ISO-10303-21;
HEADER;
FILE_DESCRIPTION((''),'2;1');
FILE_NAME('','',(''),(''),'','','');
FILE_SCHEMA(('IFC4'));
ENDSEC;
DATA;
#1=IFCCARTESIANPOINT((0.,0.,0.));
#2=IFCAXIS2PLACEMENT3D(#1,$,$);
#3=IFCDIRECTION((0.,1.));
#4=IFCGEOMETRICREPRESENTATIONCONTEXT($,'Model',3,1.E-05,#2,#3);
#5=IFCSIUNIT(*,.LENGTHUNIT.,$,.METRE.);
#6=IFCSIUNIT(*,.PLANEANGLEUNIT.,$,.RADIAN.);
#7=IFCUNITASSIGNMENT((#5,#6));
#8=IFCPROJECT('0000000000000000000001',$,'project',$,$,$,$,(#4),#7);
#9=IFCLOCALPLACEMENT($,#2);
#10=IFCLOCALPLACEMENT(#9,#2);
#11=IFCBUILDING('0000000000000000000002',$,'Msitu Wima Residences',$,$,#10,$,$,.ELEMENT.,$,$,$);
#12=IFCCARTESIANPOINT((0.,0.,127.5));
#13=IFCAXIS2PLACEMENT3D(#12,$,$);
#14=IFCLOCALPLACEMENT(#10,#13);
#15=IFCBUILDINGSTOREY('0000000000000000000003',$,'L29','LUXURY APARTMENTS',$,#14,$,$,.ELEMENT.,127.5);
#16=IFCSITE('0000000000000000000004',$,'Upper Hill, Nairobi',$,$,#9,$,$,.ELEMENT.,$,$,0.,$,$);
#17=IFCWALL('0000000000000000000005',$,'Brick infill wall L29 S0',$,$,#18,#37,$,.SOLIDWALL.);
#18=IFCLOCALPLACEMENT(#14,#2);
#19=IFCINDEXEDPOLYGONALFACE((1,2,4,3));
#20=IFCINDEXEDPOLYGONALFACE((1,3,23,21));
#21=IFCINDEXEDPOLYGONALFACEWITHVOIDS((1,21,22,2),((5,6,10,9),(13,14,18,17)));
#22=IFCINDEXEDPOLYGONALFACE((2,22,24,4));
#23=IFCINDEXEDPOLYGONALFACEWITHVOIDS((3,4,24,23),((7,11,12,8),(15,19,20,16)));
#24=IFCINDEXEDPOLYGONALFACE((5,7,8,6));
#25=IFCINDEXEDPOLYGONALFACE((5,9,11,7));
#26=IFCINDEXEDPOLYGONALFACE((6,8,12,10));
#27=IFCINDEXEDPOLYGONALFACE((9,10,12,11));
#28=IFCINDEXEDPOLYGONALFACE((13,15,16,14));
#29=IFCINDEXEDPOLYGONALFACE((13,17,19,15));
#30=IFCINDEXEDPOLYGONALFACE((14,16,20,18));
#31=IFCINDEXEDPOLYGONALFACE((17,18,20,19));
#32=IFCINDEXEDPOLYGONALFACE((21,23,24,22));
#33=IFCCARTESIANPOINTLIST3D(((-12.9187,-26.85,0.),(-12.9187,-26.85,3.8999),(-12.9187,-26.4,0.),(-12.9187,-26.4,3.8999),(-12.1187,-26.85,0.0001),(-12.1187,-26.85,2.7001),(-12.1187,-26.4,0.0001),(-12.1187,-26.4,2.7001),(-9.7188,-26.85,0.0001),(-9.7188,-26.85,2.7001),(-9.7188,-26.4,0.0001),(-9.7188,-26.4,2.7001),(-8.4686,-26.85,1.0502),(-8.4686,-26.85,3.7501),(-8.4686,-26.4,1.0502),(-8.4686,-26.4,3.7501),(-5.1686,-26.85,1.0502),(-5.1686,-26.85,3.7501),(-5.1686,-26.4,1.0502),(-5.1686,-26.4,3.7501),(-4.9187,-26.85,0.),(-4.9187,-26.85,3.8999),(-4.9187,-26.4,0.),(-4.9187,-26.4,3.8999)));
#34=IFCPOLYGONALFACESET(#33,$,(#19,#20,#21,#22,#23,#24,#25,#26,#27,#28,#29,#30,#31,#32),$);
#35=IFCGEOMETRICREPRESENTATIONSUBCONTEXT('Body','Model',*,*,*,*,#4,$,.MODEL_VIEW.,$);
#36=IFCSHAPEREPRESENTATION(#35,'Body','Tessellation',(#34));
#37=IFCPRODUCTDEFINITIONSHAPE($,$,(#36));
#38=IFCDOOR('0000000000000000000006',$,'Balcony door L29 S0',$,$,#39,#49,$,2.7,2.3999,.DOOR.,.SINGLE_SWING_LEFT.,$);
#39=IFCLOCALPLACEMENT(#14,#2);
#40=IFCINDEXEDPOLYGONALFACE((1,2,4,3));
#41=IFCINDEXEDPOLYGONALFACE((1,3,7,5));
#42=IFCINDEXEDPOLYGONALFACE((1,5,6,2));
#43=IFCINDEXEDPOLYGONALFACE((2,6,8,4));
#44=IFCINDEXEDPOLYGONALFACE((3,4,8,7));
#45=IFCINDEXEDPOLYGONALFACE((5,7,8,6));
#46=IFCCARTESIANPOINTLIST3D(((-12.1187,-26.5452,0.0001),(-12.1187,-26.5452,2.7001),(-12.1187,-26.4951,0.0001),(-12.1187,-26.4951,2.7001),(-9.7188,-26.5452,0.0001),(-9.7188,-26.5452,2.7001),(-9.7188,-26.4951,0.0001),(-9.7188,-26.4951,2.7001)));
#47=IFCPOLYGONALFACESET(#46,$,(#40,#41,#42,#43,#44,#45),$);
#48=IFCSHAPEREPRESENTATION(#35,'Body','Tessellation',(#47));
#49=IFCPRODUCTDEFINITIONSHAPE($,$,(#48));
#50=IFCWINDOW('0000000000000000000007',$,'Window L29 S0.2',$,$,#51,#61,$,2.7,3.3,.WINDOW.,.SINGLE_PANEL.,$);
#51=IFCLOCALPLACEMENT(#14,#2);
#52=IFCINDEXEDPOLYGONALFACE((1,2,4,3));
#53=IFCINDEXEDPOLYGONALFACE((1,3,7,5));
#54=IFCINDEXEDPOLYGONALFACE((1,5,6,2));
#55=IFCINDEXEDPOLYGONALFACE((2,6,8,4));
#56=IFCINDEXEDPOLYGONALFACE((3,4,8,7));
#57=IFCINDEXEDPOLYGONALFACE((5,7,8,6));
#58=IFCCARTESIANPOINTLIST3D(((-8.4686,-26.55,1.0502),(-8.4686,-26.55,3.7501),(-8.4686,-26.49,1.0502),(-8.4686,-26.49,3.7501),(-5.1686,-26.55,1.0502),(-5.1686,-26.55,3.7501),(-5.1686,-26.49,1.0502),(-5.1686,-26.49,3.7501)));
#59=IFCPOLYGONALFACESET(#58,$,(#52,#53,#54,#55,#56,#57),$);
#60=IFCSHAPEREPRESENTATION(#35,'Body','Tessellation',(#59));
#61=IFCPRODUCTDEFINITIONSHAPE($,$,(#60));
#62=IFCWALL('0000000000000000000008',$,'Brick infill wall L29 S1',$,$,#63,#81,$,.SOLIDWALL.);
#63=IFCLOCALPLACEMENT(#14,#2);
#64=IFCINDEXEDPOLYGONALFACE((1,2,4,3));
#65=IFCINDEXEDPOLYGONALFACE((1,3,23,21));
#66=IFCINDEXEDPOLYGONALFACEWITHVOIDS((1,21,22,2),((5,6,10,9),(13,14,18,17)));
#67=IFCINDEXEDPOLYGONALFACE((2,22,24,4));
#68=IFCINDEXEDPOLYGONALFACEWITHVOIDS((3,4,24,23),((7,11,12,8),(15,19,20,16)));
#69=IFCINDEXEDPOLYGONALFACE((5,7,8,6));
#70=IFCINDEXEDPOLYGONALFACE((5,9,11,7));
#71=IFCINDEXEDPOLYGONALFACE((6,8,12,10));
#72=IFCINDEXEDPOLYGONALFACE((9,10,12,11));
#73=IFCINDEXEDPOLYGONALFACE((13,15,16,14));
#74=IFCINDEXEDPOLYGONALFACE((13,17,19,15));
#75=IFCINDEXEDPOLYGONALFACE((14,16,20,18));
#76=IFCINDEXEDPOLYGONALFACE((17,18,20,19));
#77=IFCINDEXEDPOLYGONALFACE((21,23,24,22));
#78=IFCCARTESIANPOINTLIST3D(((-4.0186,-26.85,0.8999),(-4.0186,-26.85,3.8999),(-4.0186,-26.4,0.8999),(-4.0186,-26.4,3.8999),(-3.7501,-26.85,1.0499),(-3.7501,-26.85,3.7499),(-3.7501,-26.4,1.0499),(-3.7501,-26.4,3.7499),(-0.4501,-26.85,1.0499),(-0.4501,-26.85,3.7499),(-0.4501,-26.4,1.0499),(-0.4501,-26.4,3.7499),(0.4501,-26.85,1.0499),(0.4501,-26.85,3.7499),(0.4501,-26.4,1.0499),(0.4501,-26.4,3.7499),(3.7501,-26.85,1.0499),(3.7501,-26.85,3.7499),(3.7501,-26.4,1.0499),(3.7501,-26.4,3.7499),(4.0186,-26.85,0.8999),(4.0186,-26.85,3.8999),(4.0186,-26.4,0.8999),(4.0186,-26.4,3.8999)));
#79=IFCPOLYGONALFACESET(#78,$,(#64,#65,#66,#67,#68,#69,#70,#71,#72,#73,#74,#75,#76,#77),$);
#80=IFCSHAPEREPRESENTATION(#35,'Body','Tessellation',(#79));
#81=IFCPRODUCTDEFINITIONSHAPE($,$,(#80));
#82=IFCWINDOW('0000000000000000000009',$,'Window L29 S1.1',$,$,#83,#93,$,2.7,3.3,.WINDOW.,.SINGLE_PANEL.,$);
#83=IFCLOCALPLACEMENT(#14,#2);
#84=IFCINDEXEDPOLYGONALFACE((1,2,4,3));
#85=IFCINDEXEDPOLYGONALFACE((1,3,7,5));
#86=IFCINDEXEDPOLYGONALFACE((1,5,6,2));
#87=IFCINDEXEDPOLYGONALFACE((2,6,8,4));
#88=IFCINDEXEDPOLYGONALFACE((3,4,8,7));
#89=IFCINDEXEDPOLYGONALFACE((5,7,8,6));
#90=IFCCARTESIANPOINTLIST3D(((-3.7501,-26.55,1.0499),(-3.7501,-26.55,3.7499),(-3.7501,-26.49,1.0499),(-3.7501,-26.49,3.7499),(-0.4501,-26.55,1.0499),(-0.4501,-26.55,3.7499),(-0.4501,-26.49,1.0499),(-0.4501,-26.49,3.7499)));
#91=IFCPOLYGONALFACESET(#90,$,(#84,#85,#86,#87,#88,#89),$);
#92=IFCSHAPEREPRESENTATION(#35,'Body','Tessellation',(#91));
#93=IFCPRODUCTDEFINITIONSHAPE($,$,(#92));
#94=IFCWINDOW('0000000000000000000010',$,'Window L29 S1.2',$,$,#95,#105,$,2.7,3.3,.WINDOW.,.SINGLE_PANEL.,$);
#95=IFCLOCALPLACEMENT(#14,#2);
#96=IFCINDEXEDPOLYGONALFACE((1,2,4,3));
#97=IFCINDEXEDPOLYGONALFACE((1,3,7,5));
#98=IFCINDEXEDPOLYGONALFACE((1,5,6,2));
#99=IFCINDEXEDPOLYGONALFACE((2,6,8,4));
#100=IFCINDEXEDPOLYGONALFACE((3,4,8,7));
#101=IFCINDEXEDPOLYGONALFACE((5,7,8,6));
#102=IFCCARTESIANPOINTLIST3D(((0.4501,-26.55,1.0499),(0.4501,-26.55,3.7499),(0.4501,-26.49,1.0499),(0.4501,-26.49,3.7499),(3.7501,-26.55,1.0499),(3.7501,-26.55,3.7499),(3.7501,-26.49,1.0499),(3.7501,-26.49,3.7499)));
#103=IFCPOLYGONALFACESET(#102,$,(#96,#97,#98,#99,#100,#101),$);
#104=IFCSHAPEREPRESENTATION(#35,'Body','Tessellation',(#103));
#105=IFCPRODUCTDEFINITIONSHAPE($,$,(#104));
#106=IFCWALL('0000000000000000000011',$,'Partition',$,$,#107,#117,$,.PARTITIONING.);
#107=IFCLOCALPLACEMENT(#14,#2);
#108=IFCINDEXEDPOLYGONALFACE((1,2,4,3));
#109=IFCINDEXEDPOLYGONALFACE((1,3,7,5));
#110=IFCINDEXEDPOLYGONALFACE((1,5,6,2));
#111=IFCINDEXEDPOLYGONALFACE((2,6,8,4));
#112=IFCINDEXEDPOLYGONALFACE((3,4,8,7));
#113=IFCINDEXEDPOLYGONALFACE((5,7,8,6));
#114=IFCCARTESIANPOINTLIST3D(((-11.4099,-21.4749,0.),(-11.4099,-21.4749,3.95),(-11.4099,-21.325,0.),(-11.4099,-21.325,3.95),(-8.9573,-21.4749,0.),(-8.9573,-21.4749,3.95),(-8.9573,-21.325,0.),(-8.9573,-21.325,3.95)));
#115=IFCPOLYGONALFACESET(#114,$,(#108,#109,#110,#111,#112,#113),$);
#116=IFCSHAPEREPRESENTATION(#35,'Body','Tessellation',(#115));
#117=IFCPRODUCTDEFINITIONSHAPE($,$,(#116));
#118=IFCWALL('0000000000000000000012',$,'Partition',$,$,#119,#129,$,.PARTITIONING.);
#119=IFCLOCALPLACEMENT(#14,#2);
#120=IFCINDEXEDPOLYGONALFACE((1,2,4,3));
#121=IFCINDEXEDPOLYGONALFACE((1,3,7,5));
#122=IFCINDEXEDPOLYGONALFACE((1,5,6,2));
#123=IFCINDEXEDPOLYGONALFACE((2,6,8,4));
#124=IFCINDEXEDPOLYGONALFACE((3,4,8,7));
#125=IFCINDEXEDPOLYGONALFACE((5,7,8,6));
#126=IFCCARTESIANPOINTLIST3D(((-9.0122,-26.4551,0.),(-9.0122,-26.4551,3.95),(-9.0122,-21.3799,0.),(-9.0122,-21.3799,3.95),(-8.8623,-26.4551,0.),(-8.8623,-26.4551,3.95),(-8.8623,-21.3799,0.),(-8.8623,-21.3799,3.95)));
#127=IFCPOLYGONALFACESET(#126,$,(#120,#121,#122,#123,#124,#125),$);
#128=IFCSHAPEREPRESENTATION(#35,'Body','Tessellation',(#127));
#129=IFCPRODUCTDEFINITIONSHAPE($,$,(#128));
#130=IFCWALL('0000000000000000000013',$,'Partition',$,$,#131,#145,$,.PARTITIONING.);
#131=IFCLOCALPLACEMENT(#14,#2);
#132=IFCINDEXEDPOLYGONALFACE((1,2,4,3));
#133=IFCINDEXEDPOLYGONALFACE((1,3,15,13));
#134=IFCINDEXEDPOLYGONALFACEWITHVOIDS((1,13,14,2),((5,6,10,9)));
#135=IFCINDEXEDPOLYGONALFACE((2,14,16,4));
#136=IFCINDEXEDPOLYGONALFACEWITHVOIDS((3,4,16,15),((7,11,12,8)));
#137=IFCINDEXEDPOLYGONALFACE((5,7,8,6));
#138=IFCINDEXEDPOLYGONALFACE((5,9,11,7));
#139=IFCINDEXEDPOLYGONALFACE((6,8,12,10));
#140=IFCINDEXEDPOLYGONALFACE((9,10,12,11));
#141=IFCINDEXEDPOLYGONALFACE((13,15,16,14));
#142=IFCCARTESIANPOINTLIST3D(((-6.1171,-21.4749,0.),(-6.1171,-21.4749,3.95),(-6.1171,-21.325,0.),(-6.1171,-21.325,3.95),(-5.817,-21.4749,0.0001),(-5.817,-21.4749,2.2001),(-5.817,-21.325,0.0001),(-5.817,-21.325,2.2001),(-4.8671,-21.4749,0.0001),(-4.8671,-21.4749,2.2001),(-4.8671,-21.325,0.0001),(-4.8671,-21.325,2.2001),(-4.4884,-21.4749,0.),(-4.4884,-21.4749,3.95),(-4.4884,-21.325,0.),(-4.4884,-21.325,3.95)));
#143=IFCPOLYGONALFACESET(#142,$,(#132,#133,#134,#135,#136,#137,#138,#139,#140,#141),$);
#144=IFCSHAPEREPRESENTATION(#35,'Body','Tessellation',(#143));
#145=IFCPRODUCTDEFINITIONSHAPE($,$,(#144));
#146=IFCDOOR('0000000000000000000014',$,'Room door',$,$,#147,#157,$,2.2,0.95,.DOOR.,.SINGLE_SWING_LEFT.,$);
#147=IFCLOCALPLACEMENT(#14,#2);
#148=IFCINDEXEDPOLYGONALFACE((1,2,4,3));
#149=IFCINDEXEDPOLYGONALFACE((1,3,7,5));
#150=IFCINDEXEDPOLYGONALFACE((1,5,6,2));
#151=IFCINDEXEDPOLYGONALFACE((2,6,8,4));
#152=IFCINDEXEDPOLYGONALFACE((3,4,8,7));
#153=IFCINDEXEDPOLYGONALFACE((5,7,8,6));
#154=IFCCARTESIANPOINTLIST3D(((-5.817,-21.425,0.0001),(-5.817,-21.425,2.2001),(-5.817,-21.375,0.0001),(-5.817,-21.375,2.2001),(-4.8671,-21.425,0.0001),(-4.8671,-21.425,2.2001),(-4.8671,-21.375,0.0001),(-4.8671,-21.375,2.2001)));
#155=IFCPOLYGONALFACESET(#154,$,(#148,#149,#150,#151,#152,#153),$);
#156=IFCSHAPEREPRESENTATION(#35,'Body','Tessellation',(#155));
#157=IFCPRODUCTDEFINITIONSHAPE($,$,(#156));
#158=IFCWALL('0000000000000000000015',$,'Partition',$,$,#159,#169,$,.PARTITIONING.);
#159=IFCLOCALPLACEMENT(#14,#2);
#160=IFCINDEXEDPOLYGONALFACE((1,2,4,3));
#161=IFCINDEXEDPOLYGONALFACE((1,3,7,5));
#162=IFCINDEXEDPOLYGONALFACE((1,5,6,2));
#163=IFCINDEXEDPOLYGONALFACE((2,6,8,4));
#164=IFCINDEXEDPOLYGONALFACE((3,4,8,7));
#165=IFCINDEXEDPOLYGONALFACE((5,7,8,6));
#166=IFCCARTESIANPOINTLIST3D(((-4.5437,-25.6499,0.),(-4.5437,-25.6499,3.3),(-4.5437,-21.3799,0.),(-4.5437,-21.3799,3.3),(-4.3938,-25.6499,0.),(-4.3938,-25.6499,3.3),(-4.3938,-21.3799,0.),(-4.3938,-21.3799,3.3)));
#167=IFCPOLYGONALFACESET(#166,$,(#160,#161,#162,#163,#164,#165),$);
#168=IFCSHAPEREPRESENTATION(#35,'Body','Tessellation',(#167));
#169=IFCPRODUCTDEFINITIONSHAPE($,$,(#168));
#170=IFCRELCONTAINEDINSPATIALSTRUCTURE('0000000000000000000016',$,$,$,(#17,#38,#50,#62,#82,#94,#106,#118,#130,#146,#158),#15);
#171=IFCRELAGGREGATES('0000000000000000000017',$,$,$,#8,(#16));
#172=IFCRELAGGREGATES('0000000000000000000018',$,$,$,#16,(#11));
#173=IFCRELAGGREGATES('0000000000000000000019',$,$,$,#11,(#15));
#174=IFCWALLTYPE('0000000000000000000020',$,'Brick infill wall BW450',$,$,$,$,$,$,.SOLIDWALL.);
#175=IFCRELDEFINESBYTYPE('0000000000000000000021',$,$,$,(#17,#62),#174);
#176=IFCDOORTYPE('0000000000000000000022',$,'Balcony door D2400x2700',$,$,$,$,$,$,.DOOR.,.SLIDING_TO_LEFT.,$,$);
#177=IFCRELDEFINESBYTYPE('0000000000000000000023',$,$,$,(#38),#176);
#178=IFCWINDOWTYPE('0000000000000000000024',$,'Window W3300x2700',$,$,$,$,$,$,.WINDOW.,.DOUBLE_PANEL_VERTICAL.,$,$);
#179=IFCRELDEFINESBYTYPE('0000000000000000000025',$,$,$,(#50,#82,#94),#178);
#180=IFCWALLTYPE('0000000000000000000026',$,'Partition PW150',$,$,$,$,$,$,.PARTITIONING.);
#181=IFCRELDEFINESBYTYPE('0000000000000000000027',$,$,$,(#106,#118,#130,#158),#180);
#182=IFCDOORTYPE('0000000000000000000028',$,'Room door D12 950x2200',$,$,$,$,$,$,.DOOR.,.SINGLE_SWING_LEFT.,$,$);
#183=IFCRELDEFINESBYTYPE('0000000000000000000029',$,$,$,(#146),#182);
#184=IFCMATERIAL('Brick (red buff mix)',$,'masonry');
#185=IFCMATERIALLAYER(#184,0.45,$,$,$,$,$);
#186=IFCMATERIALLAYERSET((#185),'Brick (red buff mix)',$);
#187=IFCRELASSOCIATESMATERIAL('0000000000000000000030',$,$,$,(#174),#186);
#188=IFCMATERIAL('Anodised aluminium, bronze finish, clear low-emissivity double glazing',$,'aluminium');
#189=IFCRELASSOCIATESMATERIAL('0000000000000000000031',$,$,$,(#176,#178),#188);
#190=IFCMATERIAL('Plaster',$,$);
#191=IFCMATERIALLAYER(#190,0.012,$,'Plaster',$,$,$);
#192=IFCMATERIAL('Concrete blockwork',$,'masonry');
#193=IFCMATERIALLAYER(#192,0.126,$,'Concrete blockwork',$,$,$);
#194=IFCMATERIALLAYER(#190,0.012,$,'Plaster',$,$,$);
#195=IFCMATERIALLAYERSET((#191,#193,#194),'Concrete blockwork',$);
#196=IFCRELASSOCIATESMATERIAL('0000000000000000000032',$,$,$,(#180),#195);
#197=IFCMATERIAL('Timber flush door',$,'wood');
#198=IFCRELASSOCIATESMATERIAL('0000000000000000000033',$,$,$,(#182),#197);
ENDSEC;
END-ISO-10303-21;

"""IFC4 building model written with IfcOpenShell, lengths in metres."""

from ifc_helpers import new_model, si_unit, direction, frame, frame_2d, origin, place, context, subcontext, project, spatial, rectangle, extrude, material, layer, layer_set, type_object, element, fill, save


model = new_model("IFC4")

# Units and contexts
model_context = context("Model", 3, precision=1e-05, world=origin(), true_north=direction((0.0, 1.0)))
body_context = subcontext(model_context, "Body", "Model", "MODEL_VIEW")
ifc_project = project(units=[si_unit("LENGTHUNIT", "METRE"), si_unit("PLANEANGLEUNIT", "RADIAN")], contexts=[model_context])

# Site, building, storey
site_placement = place(None, origin())
site = spatial("IfcSite", under=ifc_project, at=site_placement, Name="Upper Hill, Nairobi", CompositionType="ELEMENT", RefElevation=0.0)
building_placement = place(site_placement, origin())
building = spatial("IfcBuilding", under=site, at=building_placement, Name="Msitu Wima Residences", CompositionType="ELEMENT")
storey_placement = place(building_placement, frame((0.0, 0.0, 127.5)))
storey = spatial("IfcBuildingStorey", under=building, at=storey_placement, Name="L29", Description="LUXURY APARTMENTS", CompositionType="ELEMENT", Elevation=127.5)

# Wall, openings, door, window
ifc_material_1 = material(Name="Brick (red buff mix)", Category="masonry")
ifc_layer_1 = layer(ifc_material_1, 0.45)
ifc_layer_set_1 = layer_set([ifc_layer_1], Name="Brick (red buff mix)")
wall_type_1 = type_object("IfcWallType", Name="Brick infill wall BW450", PredefinedType="SOLIDWALL", material=ifc_layer_set_1)
wall_1_placement = place(storey_placement, frame((-12.9187, -26.625, 0.0), z_axis=(0.0, 0.0, 1.0), x_axis=(1.0, 0.0, 0.0)))
wall_1 = element("IfcWall", 1, at=wall_1_placement, inside=storey, type_object=wall_type_1, Name="Brick infill wall L29 S0", PredefinedType="SOLIDWALL", context=body_context, shape_type="SweptSolid", body=[
    extrude(rectangle(XDim=8.0, YDim=0.45, at=frame_2d((4.0, 0.0))), origin(), (0.0, 0.0, 1.0), 3.8999),
])
opening_1_placement = place(wall_1_placement, frame((0.8, 0.0, 0.0)))
opening_1 = element("IfcOpeningElement", 2, at=opening_1_placement, cuts=wall_1, PredefinedType="OPENING", context=body_context, shape_type="SweptSolid", body=[
    extrude(rectangle(XDim=2.3999, YDim=2.7, at=frame_2d((1.2, 1.3501))), frame((0.0, 0.2349, 0.0), z_axis=(0.0, -1.0, 0.0), x_axis=(1.0, 0.0, 0.0)), (0.0, 0.0, 1.0), 0.47),
])
opening_2_placement = place(wall_1_placement, frame((4.4502, 0.0, 1.05)))
opening_2 = element("IfcOpeningElement", 3, at=opening_2_placement, cuts=wall_1, PredefinedType="OPENING", context=body_context, shape_type="SweptSolid", body=[
    extrude(rectangle(XDim=3.3, YDim=2.7, at=frame_2d((1.6499, 1.3501))), frame((0.0, 0.2349, 0.0), z_axis=(0.0, -1.0, 0.0), x_axis=(1.0, 0.0, 0.0)), (0.0, 0.0, 1.0), 0.47),
])
ifc_material_2 = material(Name="Anodised aluminium, bronze finish, clear low-emissivity double glazing", Category="aluminium")
door_type_1 = type_object("IfcDoorType", Name="Balcony door D2400x2700", OperationType="SLIDING_TO_LEFT", PredefinedType="DOOR", material=ifc_material_2)
door_1_placement = place(opening_1_placement, origin())
door_1 = element("IfcDoor", 4, at=door_1_placement, inside=storey, type_object=door_type_1, Name="Balcony door L29 S0", OperationType="SINGLE_SWING_LEFT", OverallHeight=2.7, OverallWidth=2.3999, PredefinedType="DOOR", context=body_context, shape_type="SweptSolid", body=[
    extrude(rectangle(XDim=2.3999, YDim=2.7, at=frame_2d((1.2, 1.3501))), frame((0.0, 0.1299, 0.0), z_axis=(0.0, -1.0, 0.0), x_axis=(1.0, 0.0, 0.0)), (0.0, 0.0, 1.0), 0.05),
])
fill(opening_1, door_1)
window_type = type_object("IfcWindowType", Name="Window W3300x2700", PartitioningType="DOUBLE_PANEL_VERTICAL", PredefinedType="WINDOW", material=ifc_material_2)
window_1_placement = place(opening_2_placement, origin())
window_1 = element("IfcWindow", 5, at=window_1_placement, inside=storey, type_object=window_type, Name="Window L29 S0.2", OverallHeight=2.7, OverallWidth=3.3, PartitioningType="SINGLE_PANEL", PredefinedType="WINDOW", context=body_context, shape_type="SweptSolid", body=[
    extrude(rectangle(XDim=3.3, YDim=2.7, at=frame_2d((1.6499, 1.3501))), frame((0.0, 0.135, 0.0), z_axis=(0.0, -1.0, 0.0), x_axis=(1.0, 0.0, 0.0)), (0.0, 0.0, 1.0), 0.0601),
])
fill(opening_2, window_1)

# Wall, openings, windows
wall_2_placement = place(storey_placement, frame((-4.0186, -26.625, 0.8999), z_axis=(0.0, 0.0, 1.0), x_axis=(1.0, 0.0, 0.0)))
wall_2 = element("IfcWall", 6, at=wall_2_placement, inside=storey, type_object=wall_type_1, Name="Brick infill wall L29 S1", PredefinedType="SOLIDWALL", context=body_context, shape_type="SweptSolid", body=[
    extrude(rectangle(XDim=8.0371, YDim=0.45, at=frame_2d((4.0186, 0.0))), origin(), (0.0, 0.0, 1.0), 3.0),
])
opening_3_placement = place(wall_2_placement, frame((0.2686, 0.0, 0.1499)))
opening_3 = element("IfcOpeningElement", 7, at=opening_3_placement, cuts=wall_2, PredefinedType="OPENING", context=body_context, shape_type="SweptSolid", body=[
    extrude(rectangle(XDim=3.3, YDim=2.7, at=frame_2d((1.6499, 1.3501))), frame((0.0, 0.2349, 0.0), z_axis=(0.0, -1.0, 0.0), x_axis=(1.0, 0.0, 0.0)), (0.0, 0.0, 1.0), 0.47),
])
opening_4_placement = place(wall_2_placement, frame((4.4688, 0.0, 0.1499)))
opening_4 = element("IfcOpeningElement", 8, at=opening_4_placement, cuts=wall_2, PredefinedType="OPENING", context=body_context, shape_type="SweptSolid", body=[
    extrude(rectangle(XDim=3.3, YDim=2.7, at=frame_2d((1.6499, 1.3501))), frame((0.0, 0.2349, 0.0), z_axis=(0.0, -1.0, 0.0), x_axis=(1.0, 0.0, 0.0)), (0.0, 0.0, 1.0), 0.47),
])
window_2_placement = place(opening_3_placement, origin())
window_2 = element("IfcWindow", 9, at=window_2_placement, inside=storey, type_object=window_type, Name="Window L29 S1.1", OverallHeight=2.7, OverallWidth=3.3, PartitioningType="SINGLE_PANEL", PredefinedType="WINDOW", context=body_context, shape_type="SweptSolid", body=[
    extrude(rectangle(XDim=3.3, YDim=2.7, at=frame_2d((1.6499, 1.3501))), frame((0.0, 0.135, 0.0), z_axis=(0.0, -1.0, 0.0), x_axis=(1.0, 0.0, 0.0)), (0.0, 0.0, 1.0), 0.0601),
])
fill(opening_3, window_2)
window_3_placement = place(opening_4_placement, origin())
window_3 = element("IfcWindow", 10, at=window_3_placement, inside=storey, type_object=window_type, Name="Window L29 S1.2", OverallHeight=2.7, OverallWidth=3.3, PartitioningType="SINGLE_PANEL", PredefinedType="WINDOW", context=body_context, shape_type="SweptSolid", body=[
    extrude(rectangle(XDim=3.3, YDim=2.7, at=frame_2d((1.6499, 1.3501))), frame((0.0, 0.135, 0.0), z_axis=(0.0, -1.0, 0.0), x_axis=(1.0, 0.0, 0.0)), (0.0, 0.0, 1.0), 0.0601),
])
fill(opening_4, window_3)

# Walls
ifc_material_3 = material(Name="Plaster")
ifc_layer_2 = layer(ifc_material_3, 0.012, Name="Plaster")
ifc_material_4 = material(Name="Concrete blockwork", Category="masonry")
ifc_layer_3 = layer(ifc_material_4, 0.126, Name="Concrete blockwork")
ifc_layer_4 = layer(ifc_material_3, 0.012, Name="Plaster")
ifc_layer_set_2 = layer_set([ifc_layer_2, ifc_layer_3, ifc_layer_4], Name="Concrete blockwork")
wall_type_2 = type_object("IfcWallType", Name="Partition PW150", PredefinedType="PARTITIONING", material=ifc_layer_set_2)
wall_3_placement = place(storey_placement, frame((-11.4099, -21.3999, 0.0), z_axis=(0.0, 0.0, 1.0), x_axis=(1.0, 0.0, 0.0)))
element("IfcWall", 11, at=wall_3_placement, inside=storey, type_object=wall_type_2, Name="Partition", PredefinedType="PARTITIONING", context=body_context, shape_type="SweptSolid", body=[
    extrude(rectangle(XDim=2.4526, YDim=0.1499, at=frame_2d((1.2263, 0.0))), origin(), (0.0, 0.0, 1.0), 3.95),
])
wall_4_placement = place(storey_placement, frame((-8.9373, -26.4551, 0.0), z_axis=(0.0, 0.0, 1.0), x_axis=(0.0, 1.0, 0.0)))
element("IfcWall", 12, at=wall_4_placement, inside=storey, type_object=wall_type_2, Name="Partition", PredefinedType="PARTITIONING", context=body_context, shape_type="SweptSolid", body=[
    extrude(rectangle(XDim=5.0752, YDim=0.1499, at=frame_2d((2.5376, 0.0))), origin(), (0.0, 0.0, 1.0), 3.95),
])

# Wall, opening, door
wall_5_placement = place(storey_placement, frame((-6.1172, -21.3999, 0.0), z_axis=(0.0, 0.0, 1.0), x_axis=(1.0, 0.0, 0.0)))
wall_5 = element("IfcWall", 13, at=wall_5_placement, inside=storey, type_object=wall_type_2, Name="Partition", PredefinedType="PARTITIONING", context=body_context, shape_type="SweptSolid", body=[
    extrude(rectangle(XDim=1.6287, YDim=0.1499, at=frame_2d((0.8145, 0.0))), origin(), (0.0, 0.0, 1.0), 3.95),
])
opening_5_placement = place(wall_5_placement, frame((0.3, 0.0, 0.0)))
opening_5 = element("IfcOpeningElement", 14, at=opening_5_placement, cuts=wall_5, PredefinedType="OPENING", context=body_context, shape_type="SweptSolid", body=[
    extrude(rectangle(XDim=0.95, YDim=2.2, at=frame_2d((0.4751, 1.1001))), frame((0.0, 0.085, 0.0), z_axis=(0.0, -1.0, 0.0), x_axis=(1.0, 0.0, 0.0)), (0.0, 0.0, 1.0), 0.1699),
])
ifc_material_5 = material(Name="Timber flush door", Category="wood")
door_type_2 = type_object("IfcDoorType", Name="Room door D12 950x2200", OperationType="SINGLE_SWING_LEFT", PredefinedType="DOOR", material=ifc_material_5)
door_2_placement = place(opening_5_placement, origin())
door_2 = element("IfcDoor", 15, at=door_2_placement, inside=storey, type_object=door_type_2, Name="Room door", OperationType="SINGLE_SWING_LEFT", OverallHeight=2.2, OverallWidth=0.95, PredefinedType="DOOR", context=body_context, shape_type="SweptSolid", body=[
    extrude(rectangle(XDim=0.95, YDim=2.2, at=frame_2d((0.4751, 1.1001))), frame((0.0, 0.0249, 0.0), z_axis=(0.0, -1.0, 0.0), x_axis=(1.0, 0.0, 0.0)), (0.0, 0.0, 1.0), 0.05),
])
fill(opening_5, door_2)

# Wall
wall_6_placement = place(storey_placement, frame((-4.4688, -25.6499, 0.0), z_axis=(0.0, 0.0, 1.0), x_axis=(0.0, 1.0, 0.0)))
element("IfcWall", 16, at=wall_6_placement, inside=storey, type_object=wall_type_2, Name="Partition", PredefinedType="PARTITIONING", context=body_context, shape_type="SweptSolid", body=[
    extrude(rectangle(XDim=4.27, YDim=0.1499, at=frame_2d((2.135, 0.0))), origin(), (0.0, 0.0, 1.0), 3.3),
])

save(model, "model.ifc")
